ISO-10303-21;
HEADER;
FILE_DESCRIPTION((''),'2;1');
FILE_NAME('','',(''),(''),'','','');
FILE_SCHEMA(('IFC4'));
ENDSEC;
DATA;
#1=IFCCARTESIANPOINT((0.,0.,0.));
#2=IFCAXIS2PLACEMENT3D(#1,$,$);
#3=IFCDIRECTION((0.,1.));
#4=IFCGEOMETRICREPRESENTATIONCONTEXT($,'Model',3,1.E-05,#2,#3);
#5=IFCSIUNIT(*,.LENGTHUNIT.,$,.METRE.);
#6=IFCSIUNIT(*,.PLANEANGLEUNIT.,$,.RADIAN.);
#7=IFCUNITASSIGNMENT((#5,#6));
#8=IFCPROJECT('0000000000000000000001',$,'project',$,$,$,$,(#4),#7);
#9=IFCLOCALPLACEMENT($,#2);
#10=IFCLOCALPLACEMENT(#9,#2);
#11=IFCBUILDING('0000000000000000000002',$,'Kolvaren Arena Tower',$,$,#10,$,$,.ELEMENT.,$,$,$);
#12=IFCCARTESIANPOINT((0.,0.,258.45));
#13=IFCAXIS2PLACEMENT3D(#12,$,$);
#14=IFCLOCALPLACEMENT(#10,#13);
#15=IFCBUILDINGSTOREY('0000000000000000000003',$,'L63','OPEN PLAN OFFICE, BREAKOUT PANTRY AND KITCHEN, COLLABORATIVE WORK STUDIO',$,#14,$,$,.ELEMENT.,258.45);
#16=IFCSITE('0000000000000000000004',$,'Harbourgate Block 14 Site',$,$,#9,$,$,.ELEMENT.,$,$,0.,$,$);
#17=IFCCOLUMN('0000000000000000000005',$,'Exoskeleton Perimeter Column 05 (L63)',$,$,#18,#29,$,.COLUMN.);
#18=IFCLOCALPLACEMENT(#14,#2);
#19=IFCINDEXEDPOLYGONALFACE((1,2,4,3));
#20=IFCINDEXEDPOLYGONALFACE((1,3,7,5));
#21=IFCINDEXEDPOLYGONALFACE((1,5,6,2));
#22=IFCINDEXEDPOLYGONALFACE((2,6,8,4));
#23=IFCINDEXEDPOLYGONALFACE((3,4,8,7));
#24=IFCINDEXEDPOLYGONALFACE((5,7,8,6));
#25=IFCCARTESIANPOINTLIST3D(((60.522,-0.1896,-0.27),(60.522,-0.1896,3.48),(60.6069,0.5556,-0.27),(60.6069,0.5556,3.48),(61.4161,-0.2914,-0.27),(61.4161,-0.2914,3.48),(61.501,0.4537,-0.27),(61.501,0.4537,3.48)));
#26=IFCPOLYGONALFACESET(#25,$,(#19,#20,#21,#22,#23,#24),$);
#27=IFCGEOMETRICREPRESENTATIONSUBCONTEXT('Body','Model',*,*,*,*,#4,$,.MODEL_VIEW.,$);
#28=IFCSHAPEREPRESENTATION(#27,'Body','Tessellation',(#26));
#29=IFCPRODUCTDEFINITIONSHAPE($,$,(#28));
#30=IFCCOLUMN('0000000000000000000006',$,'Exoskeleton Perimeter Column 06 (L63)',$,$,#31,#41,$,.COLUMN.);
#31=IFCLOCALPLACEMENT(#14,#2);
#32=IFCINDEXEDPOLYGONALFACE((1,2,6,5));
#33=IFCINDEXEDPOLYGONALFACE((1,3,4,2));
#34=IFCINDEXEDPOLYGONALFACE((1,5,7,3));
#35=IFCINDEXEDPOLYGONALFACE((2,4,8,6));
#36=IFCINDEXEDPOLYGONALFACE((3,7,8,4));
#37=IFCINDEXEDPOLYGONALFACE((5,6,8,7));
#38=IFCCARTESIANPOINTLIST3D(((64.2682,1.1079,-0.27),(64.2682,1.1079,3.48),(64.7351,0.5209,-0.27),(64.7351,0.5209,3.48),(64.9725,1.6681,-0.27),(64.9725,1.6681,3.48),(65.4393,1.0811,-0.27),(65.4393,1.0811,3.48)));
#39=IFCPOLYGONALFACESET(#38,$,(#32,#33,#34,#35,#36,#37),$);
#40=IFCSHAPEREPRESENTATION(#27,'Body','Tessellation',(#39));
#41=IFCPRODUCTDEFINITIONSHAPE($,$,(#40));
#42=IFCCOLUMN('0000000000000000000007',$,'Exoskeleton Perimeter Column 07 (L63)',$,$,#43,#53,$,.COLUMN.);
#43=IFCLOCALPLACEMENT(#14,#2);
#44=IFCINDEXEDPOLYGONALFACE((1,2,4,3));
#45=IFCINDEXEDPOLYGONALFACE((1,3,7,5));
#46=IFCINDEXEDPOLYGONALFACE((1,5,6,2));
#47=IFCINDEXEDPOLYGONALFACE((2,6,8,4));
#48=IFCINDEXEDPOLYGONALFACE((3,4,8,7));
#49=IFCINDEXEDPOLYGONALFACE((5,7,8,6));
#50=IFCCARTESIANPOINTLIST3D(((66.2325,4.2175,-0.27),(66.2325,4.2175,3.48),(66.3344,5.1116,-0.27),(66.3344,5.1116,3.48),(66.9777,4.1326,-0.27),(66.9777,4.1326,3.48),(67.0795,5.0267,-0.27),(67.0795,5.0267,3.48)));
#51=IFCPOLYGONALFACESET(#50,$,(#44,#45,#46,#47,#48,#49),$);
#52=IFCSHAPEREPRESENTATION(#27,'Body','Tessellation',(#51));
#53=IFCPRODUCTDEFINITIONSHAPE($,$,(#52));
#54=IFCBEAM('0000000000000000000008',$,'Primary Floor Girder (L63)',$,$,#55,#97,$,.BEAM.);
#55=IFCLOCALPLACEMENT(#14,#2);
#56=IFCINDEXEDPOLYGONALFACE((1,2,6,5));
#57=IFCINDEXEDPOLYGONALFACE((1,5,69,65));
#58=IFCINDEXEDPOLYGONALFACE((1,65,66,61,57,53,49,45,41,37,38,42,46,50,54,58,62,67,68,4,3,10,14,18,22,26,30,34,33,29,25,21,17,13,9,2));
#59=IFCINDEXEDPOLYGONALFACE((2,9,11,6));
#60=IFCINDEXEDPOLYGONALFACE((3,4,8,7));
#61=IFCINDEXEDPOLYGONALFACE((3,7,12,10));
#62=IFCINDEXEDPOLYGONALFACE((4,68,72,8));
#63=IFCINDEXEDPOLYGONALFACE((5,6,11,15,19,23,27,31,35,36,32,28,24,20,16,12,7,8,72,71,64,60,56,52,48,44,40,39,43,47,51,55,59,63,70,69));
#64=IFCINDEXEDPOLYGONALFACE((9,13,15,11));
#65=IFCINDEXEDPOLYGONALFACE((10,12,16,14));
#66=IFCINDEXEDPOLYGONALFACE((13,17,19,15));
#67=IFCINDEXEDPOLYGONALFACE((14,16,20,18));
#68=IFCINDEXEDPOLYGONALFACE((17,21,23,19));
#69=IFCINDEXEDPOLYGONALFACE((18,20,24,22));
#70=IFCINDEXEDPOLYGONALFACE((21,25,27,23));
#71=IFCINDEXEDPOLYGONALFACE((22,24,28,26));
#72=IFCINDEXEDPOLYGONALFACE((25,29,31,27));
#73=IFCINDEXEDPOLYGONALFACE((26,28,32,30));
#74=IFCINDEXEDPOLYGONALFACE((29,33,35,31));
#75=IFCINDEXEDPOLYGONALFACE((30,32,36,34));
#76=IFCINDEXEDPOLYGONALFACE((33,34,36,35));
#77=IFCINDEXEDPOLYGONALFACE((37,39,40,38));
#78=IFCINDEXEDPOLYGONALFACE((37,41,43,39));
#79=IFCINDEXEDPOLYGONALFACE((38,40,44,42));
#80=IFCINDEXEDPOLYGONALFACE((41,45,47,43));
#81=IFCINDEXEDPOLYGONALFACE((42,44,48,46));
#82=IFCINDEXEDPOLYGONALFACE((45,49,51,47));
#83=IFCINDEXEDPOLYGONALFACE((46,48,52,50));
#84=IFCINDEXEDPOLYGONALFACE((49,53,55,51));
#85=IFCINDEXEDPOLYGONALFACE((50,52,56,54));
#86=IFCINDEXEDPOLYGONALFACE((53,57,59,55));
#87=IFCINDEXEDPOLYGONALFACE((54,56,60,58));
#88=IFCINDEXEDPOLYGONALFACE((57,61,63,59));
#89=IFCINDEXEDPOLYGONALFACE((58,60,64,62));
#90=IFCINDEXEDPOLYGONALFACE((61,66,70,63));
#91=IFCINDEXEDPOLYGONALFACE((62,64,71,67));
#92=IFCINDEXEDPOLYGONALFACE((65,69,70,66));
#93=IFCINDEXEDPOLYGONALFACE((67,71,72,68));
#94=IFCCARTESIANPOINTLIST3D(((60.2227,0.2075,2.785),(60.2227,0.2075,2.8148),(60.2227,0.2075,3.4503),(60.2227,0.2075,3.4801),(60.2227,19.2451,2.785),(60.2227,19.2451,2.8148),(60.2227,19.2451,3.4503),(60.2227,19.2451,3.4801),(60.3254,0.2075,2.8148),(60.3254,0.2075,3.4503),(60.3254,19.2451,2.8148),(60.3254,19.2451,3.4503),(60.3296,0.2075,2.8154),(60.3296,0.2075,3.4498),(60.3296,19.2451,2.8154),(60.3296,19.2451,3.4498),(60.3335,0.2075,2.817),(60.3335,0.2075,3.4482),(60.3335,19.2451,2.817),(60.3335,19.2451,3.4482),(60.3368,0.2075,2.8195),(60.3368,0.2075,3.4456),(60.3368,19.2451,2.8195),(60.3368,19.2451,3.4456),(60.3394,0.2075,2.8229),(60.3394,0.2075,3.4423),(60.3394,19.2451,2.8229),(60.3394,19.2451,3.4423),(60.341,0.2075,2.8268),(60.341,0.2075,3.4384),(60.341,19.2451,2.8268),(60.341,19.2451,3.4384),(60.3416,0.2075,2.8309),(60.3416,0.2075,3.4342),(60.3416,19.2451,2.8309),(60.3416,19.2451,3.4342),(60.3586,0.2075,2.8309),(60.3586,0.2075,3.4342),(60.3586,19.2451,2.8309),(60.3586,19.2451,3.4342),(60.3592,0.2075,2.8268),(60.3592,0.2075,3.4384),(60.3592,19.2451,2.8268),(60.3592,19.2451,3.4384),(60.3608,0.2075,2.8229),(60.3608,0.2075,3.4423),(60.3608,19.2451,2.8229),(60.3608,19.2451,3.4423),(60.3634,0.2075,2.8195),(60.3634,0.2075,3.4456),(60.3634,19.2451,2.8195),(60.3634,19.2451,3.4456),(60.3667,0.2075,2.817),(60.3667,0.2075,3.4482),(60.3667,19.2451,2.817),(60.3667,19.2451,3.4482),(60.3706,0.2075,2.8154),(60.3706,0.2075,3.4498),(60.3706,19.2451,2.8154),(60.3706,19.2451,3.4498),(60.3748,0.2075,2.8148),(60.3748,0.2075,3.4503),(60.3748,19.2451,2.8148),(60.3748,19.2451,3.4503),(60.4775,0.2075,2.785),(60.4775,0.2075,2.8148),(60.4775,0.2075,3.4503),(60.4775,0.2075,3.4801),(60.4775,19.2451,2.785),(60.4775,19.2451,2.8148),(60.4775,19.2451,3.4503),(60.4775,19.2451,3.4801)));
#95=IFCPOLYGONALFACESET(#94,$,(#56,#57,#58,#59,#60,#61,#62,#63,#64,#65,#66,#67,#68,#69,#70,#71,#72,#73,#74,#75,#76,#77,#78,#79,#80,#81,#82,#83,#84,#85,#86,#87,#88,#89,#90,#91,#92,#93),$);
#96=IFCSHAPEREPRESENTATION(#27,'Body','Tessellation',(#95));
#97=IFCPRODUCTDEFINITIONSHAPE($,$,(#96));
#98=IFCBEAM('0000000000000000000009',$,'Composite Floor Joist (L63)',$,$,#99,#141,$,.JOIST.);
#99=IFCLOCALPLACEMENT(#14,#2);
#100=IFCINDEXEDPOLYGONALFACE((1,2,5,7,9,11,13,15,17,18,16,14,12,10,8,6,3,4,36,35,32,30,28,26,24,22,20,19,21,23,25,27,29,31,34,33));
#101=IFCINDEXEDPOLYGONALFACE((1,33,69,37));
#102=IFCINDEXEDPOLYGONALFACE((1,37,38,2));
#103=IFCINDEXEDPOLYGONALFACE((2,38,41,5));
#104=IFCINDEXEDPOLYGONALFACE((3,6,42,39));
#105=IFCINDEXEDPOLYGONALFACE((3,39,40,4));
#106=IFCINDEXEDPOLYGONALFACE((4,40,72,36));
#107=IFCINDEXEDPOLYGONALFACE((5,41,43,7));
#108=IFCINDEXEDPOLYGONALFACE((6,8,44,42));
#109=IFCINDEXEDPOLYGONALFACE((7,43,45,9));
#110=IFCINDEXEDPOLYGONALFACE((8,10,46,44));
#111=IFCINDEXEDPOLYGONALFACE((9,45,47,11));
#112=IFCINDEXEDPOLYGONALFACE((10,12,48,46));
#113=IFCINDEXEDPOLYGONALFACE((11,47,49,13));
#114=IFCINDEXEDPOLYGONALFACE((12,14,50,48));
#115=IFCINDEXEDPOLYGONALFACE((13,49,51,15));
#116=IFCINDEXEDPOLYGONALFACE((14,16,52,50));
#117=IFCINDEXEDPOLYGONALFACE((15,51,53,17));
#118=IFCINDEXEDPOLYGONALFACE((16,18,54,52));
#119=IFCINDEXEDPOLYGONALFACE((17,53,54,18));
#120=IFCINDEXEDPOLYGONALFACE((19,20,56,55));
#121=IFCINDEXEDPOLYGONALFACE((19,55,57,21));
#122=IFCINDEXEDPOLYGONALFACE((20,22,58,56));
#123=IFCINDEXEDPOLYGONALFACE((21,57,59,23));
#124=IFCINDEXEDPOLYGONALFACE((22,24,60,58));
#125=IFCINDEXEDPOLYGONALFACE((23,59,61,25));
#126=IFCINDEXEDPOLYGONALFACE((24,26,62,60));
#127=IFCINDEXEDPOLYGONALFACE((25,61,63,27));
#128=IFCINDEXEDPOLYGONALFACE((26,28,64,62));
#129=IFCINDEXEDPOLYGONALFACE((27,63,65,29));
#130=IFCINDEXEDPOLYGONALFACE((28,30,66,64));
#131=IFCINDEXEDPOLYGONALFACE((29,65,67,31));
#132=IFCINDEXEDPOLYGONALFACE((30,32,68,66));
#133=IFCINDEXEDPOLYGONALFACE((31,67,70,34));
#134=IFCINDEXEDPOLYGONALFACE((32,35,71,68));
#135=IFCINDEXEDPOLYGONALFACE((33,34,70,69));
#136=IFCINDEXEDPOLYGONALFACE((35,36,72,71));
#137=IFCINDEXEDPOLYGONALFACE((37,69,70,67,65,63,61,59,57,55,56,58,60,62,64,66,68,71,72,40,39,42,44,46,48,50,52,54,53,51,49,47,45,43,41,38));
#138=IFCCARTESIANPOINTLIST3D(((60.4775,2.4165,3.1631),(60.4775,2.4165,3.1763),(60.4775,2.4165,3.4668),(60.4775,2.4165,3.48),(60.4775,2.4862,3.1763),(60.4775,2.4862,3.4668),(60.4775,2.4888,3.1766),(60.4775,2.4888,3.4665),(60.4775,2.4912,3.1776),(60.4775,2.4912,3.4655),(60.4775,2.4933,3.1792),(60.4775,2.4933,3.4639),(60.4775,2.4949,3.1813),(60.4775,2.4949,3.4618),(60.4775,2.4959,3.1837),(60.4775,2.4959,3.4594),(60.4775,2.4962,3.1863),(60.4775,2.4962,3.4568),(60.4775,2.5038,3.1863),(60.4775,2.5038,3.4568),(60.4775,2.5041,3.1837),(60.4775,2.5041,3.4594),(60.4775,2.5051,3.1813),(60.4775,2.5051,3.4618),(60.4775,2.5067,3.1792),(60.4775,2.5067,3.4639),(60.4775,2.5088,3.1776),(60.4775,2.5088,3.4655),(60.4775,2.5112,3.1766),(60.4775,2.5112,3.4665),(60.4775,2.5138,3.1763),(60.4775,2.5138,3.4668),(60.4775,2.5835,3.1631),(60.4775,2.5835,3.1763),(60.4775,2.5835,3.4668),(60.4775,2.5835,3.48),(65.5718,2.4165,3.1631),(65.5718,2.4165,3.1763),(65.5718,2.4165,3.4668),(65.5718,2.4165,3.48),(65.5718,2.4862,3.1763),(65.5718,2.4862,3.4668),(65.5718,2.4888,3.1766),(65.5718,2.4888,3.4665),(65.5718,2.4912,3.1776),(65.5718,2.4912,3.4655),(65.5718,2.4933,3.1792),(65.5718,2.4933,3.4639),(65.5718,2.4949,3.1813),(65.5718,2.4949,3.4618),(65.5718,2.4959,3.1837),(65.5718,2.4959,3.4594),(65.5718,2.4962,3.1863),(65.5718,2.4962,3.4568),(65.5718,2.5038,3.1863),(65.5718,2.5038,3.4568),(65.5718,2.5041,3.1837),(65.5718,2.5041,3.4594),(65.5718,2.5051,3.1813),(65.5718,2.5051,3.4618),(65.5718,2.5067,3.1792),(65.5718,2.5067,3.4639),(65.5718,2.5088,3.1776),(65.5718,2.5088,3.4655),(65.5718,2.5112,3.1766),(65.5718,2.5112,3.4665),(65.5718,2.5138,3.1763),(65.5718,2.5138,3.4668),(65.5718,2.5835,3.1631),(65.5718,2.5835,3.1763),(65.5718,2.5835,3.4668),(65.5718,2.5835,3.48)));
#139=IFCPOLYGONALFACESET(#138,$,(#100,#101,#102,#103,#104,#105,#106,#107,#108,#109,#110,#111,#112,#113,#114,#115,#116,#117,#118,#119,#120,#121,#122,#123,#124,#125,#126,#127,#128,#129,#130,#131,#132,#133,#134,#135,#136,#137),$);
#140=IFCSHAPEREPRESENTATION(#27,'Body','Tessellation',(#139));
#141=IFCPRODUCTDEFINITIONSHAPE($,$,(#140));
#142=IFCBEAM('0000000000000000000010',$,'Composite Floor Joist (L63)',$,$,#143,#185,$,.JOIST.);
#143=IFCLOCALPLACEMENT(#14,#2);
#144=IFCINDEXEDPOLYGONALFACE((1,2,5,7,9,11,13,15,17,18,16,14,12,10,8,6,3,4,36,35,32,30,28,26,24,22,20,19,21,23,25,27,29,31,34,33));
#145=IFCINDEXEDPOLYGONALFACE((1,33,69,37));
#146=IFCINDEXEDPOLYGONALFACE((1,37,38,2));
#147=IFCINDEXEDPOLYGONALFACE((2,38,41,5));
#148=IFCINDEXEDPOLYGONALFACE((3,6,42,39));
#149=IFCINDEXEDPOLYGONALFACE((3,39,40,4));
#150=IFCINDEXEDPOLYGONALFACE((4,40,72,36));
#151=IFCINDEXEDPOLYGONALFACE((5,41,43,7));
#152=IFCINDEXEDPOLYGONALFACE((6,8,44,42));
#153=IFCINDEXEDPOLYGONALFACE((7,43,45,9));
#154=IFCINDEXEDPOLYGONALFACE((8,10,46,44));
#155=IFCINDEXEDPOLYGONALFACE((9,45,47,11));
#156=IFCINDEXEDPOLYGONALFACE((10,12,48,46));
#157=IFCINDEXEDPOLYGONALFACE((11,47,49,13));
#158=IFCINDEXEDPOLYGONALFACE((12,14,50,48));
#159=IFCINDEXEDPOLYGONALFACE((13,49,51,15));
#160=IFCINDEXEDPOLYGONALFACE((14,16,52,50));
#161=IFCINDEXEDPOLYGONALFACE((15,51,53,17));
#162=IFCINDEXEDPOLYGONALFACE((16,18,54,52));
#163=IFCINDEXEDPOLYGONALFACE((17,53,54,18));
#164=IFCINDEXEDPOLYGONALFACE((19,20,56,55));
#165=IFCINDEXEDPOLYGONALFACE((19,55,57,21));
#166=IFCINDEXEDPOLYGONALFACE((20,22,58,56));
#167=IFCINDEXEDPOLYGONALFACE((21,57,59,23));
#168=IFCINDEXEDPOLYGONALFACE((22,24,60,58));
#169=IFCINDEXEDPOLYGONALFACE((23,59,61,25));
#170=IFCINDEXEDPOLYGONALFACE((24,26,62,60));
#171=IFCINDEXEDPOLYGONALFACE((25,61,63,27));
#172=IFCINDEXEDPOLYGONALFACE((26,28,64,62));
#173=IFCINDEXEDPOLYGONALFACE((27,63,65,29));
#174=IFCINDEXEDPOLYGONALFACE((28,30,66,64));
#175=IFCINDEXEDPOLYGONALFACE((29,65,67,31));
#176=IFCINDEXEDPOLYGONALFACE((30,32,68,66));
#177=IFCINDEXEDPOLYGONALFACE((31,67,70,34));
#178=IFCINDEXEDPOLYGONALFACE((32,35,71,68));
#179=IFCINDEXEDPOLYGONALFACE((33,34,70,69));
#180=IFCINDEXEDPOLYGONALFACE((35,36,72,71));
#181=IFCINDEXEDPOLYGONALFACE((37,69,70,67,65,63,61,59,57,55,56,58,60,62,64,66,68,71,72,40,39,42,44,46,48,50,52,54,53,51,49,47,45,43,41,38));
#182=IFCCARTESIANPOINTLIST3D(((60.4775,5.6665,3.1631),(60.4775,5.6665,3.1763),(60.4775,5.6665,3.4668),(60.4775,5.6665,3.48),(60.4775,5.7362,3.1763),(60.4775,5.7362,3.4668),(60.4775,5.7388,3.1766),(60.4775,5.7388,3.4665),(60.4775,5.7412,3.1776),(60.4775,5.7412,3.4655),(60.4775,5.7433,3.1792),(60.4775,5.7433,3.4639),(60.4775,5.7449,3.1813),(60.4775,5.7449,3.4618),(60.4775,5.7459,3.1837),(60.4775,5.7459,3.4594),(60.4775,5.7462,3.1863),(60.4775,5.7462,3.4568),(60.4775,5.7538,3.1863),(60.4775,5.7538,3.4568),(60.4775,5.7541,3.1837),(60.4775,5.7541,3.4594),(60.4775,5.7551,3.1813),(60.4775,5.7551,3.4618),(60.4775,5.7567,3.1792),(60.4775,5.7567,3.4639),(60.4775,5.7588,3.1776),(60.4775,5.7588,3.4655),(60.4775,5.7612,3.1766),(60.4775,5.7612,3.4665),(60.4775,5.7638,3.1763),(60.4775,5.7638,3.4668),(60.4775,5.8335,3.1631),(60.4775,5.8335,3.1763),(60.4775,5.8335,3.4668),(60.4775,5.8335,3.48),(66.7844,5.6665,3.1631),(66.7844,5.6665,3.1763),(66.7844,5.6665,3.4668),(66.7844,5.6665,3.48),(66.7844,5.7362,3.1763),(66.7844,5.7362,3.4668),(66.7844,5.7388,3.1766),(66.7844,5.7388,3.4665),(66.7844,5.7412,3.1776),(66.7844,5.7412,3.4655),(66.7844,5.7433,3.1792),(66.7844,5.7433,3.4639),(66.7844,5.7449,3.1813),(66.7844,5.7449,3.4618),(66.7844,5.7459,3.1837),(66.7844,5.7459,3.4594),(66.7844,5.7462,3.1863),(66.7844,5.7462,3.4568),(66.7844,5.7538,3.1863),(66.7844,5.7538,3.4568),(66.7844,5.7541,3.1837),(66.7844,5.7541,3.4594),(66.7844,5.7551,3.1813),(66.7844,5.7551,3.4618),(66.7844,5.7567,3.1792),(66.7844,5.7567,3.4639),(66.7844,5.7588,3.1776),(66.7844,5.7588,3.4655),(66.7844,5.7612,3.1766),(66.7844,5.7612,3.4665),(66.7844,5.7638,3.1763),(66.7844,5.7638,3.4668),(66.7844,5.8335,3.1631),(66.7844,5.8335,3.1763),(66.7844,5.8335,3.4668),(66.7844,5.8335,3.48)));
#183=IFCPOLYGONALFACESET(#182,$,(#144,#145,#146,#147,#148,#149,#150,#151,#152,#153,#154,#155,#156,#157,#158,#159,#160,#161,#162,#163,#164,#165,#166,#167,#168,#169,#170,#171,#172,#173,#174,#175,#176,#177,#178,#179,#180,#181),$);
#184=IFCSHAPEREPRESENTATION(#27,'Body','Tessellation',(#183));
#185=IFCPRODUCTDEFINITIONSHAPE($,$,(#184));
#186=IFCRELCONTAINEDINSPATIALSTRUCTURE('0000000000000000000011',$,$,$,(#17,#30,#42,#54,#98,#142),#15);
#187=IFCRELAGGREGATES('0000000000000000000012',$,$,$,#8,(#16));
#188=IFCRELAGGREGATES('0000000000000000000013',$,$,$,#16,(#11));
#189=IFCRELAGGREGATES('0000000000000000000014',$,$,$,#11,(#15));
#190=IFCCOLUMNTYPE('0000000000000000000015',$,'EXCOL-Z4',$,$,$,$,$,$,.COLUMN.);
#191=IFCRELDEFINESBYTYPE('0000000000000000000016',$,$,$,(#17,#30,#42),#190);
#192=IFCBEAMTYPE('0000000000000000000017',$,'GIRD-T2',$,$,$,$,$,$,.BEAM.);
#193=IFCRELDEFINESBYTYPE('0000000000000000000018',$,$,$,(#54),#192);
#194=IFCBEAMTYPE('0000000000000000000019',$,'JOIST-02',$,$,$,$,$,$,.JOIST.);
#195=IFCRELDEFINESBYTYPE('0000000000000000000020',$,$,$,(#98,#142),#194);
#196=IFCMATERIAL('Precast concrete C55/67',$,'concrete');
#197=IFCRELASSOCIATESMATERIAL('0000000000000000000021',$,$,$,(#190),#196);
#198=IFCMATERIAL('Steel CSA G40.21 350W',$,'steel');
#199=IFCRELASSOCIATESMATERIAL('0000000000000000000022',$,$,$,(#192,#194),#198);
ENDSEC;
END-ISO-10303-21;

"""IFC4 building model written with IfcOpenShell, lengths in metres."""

from ifc_helpers import new_model, si_unit, direction, frame, origin, origin_2d, place, context, subcontext, project, spatial, rectangle, i_section, extrude, material, material_profile, profile_set, type_object, element, save


model = new_model("IFC4")

# Units and contexts
model_context = context("Model", 3, precision=1e-05, world=origin(), true_north=direction((0.0, 1.0)))
body_context = subcontext(model_context, "Body", "Model", "MODEL_VIEW")
ifc_project = project(units=[si_unit("LENGTHUNIT", "METRE"), si_unit("PLANEANGLEUNIT", "RADIAN")], contexts=[model_context])

# Site, building, storey
site_placement = place(None, origin())
site = spatial("IfcSite", under=ifc_project, at=site_placement, Name="Harbourgate Block 14 Site", CompositionType="ELEMENT", RefElevation=0.0)
building_placement = place(site_placement, origin())
building = spatial("IfcBuilding", under=site, at=building_placement, Name="Kolvaren Arena Tower", CompositionType="ELEMENT")
storey_placement = place(building_placement, frame((0.0, 0.0, 258.45)))
storey = spatial("IfcBuildingStorey", under=building, at=storey_placement, Name="L63", Description="OPEN PLAN OFFICE, BREAKOUT PANTRY AND KITCHEN, COLLABORATIVE WORK STUDIO", CompositionType="ELEMENT", Elevation=258.45)

# Columns
ifc_material_1 = material(Name="Precast concrete C55/67", Category="concrete")
ifc_material_profile_1 = material_profile(ifc_material_1, rectangle(XDim=0.8999, YDim=0.75, at=origin_2d()), Name="RC-900x750")
ifc_profile_set_1 = profile_set([ifc_material_profile_1], Name="Precast concrete C55/67")
column_type = type_object("IfcColumnType", Name="EXCOL-Z4", PredefinedType="COLUMN", material=ifc_profile_set_1)
for number, where, z_axis, x_axis, name in (
    (1, (61.0115, 0.1321, -0.27), (0.0, 0.0, 1.0), (0.993572, -0.113203, 0.0), "Exoskeleton Perimeter Column 05 (L63)"),
    (2, (64.8538, 1.0945, -0.27), (0.0, 0.0, 1.0), (0.782608, 0.622515, 0.0), "Exoskeleton Perimeter Column 06 (L63)"),
    (3, (66.656, 4.6221, -0.27), (0.0, 0.0, 1.0), (0.113203, 0.993572, 0.0), "Exoskeleton Perimeter Column 07 (L63)"),
):
    element("IfcColumn", number, at=place(storey_placement, frame(where, z_axis=z_axis, x_axis=x_axis)), inside=storey, type_object=column_type, Name=name, PredefinedType="COLUMN", context=body_context, shape_type="SweptSolid", body=[
        extrude(rectangle(XDim=0.8999, YDim=0.75, at=origin_2d()), origin(), (0.0, 0.0, 1.0), 3.75),
    ])

# Beams
ifc_material_2 = material(Name="Steel CSA G40.21 350W", Category="steel")
ifc_material_profile_2 = material_profile(ifc_material_2, i_section(OverallWidth=0.2549, OverallDepth=0.6951, WebThickness=0.0171, FlangeThickness=0.0298, FilletRadius=0.0161, at=origin_2d()), Name="W690x217")
ifc_profile_set_2 = profile_set([ifc_material_profile_2], Name="Steel CSA G40.21 350W")
beam_type_1 = type_object("IfcBeamType", Name="GIRD-T2", PredefinedType="BEAM", material=ifc_profile_set_2)
beam_1_placement = place(storey_placement, frame((60.3501, 0.2075, 3.1326), z_axis=(0.0, 1.0, 0.0), x_axis=(-1.0, 0.0, 0.0)))
element("IfcBeam", 4, at=beam_1_placement, inside=storey, type_object=beam_type_1, Name="Primary Floor Girder (L63)", PredefinedType="BEAM", context=body_context, shape_type="SweptSolid", body=[
    extrude(i_section(OverallWidth=0.2549, OverallDepth=0.6951, WebThickness=0.0171, FlangeThickness=0.0298, FilletRadius=0.0161, at=origin_2d()), origin(), (0.0, 0.0, 1.0), 19.0376),
])
ifc_material_profile_3 = material_profile(ifc_material_2, i_section(OverallWidth=0.167, OverallDepth=0.3169, WebThickness=0.0076, FlangeThickness=0.0132, FilletRadius=0.01, at=origin_2d()), Name="W310x52")
ifc_profile_set_3 = profile_set([ifc_material_profile_3], Name="Steel CSA G40.21 350W")
beam_type_2 = type_object("IfcBeamType", Name="JOIST-02", PredefinedType="JOIST", material=ifc_profile_set_3)
beam_2_placement = place(storey_placement, frame((60.4775, 2.5, 3.3215), z_axis=(1.0, 0.0, 0.0), x_axis=(0.0, 1.0, 0.0)))
element("IfcBeam", 5, at=beam_2_placement, inside=storey, type_object=beam_type_2, Name="Composite Floor Joist (L63)", PredefinedType="JOIST", context=body_context, shape_type="SweptSolid", body=[
    extrude(i_section(OverallWidth=0.167, OverallDepth=0.3169, WebThickness=0.0076, FlangeThickness=0.0132, FilletRadius=0.01, at=origin_2d()), origin(), (0.0, 0.0, 1.0), 5.0942),
])
beam_3_placement = place(storey_placement, frame((60.4775, 5.75, 3.3215), z_axis=(1.0, 0.0, 0.0), x_axis=(0.0, 1.0, 0.0)))
element("IfcBeam", 6, at=beam_3_placement, inside=storey, type_object=beam_type_2, Name="Composite Floor Joist (L63)", PredefinedType="JOIST", context=body_context, shape_type="SweptSolid", body=[
    extrude(i_section(OverallWidth=0.167, OverallDepth=0.3169, WebThickness=0.0076, FlangeThickness=0.0132, FilletRadius=0.01, at=origin_2d()), origin(), (0.0, 0.0, 1.0), 6.3069),
])

save(model, "model.ifc")
